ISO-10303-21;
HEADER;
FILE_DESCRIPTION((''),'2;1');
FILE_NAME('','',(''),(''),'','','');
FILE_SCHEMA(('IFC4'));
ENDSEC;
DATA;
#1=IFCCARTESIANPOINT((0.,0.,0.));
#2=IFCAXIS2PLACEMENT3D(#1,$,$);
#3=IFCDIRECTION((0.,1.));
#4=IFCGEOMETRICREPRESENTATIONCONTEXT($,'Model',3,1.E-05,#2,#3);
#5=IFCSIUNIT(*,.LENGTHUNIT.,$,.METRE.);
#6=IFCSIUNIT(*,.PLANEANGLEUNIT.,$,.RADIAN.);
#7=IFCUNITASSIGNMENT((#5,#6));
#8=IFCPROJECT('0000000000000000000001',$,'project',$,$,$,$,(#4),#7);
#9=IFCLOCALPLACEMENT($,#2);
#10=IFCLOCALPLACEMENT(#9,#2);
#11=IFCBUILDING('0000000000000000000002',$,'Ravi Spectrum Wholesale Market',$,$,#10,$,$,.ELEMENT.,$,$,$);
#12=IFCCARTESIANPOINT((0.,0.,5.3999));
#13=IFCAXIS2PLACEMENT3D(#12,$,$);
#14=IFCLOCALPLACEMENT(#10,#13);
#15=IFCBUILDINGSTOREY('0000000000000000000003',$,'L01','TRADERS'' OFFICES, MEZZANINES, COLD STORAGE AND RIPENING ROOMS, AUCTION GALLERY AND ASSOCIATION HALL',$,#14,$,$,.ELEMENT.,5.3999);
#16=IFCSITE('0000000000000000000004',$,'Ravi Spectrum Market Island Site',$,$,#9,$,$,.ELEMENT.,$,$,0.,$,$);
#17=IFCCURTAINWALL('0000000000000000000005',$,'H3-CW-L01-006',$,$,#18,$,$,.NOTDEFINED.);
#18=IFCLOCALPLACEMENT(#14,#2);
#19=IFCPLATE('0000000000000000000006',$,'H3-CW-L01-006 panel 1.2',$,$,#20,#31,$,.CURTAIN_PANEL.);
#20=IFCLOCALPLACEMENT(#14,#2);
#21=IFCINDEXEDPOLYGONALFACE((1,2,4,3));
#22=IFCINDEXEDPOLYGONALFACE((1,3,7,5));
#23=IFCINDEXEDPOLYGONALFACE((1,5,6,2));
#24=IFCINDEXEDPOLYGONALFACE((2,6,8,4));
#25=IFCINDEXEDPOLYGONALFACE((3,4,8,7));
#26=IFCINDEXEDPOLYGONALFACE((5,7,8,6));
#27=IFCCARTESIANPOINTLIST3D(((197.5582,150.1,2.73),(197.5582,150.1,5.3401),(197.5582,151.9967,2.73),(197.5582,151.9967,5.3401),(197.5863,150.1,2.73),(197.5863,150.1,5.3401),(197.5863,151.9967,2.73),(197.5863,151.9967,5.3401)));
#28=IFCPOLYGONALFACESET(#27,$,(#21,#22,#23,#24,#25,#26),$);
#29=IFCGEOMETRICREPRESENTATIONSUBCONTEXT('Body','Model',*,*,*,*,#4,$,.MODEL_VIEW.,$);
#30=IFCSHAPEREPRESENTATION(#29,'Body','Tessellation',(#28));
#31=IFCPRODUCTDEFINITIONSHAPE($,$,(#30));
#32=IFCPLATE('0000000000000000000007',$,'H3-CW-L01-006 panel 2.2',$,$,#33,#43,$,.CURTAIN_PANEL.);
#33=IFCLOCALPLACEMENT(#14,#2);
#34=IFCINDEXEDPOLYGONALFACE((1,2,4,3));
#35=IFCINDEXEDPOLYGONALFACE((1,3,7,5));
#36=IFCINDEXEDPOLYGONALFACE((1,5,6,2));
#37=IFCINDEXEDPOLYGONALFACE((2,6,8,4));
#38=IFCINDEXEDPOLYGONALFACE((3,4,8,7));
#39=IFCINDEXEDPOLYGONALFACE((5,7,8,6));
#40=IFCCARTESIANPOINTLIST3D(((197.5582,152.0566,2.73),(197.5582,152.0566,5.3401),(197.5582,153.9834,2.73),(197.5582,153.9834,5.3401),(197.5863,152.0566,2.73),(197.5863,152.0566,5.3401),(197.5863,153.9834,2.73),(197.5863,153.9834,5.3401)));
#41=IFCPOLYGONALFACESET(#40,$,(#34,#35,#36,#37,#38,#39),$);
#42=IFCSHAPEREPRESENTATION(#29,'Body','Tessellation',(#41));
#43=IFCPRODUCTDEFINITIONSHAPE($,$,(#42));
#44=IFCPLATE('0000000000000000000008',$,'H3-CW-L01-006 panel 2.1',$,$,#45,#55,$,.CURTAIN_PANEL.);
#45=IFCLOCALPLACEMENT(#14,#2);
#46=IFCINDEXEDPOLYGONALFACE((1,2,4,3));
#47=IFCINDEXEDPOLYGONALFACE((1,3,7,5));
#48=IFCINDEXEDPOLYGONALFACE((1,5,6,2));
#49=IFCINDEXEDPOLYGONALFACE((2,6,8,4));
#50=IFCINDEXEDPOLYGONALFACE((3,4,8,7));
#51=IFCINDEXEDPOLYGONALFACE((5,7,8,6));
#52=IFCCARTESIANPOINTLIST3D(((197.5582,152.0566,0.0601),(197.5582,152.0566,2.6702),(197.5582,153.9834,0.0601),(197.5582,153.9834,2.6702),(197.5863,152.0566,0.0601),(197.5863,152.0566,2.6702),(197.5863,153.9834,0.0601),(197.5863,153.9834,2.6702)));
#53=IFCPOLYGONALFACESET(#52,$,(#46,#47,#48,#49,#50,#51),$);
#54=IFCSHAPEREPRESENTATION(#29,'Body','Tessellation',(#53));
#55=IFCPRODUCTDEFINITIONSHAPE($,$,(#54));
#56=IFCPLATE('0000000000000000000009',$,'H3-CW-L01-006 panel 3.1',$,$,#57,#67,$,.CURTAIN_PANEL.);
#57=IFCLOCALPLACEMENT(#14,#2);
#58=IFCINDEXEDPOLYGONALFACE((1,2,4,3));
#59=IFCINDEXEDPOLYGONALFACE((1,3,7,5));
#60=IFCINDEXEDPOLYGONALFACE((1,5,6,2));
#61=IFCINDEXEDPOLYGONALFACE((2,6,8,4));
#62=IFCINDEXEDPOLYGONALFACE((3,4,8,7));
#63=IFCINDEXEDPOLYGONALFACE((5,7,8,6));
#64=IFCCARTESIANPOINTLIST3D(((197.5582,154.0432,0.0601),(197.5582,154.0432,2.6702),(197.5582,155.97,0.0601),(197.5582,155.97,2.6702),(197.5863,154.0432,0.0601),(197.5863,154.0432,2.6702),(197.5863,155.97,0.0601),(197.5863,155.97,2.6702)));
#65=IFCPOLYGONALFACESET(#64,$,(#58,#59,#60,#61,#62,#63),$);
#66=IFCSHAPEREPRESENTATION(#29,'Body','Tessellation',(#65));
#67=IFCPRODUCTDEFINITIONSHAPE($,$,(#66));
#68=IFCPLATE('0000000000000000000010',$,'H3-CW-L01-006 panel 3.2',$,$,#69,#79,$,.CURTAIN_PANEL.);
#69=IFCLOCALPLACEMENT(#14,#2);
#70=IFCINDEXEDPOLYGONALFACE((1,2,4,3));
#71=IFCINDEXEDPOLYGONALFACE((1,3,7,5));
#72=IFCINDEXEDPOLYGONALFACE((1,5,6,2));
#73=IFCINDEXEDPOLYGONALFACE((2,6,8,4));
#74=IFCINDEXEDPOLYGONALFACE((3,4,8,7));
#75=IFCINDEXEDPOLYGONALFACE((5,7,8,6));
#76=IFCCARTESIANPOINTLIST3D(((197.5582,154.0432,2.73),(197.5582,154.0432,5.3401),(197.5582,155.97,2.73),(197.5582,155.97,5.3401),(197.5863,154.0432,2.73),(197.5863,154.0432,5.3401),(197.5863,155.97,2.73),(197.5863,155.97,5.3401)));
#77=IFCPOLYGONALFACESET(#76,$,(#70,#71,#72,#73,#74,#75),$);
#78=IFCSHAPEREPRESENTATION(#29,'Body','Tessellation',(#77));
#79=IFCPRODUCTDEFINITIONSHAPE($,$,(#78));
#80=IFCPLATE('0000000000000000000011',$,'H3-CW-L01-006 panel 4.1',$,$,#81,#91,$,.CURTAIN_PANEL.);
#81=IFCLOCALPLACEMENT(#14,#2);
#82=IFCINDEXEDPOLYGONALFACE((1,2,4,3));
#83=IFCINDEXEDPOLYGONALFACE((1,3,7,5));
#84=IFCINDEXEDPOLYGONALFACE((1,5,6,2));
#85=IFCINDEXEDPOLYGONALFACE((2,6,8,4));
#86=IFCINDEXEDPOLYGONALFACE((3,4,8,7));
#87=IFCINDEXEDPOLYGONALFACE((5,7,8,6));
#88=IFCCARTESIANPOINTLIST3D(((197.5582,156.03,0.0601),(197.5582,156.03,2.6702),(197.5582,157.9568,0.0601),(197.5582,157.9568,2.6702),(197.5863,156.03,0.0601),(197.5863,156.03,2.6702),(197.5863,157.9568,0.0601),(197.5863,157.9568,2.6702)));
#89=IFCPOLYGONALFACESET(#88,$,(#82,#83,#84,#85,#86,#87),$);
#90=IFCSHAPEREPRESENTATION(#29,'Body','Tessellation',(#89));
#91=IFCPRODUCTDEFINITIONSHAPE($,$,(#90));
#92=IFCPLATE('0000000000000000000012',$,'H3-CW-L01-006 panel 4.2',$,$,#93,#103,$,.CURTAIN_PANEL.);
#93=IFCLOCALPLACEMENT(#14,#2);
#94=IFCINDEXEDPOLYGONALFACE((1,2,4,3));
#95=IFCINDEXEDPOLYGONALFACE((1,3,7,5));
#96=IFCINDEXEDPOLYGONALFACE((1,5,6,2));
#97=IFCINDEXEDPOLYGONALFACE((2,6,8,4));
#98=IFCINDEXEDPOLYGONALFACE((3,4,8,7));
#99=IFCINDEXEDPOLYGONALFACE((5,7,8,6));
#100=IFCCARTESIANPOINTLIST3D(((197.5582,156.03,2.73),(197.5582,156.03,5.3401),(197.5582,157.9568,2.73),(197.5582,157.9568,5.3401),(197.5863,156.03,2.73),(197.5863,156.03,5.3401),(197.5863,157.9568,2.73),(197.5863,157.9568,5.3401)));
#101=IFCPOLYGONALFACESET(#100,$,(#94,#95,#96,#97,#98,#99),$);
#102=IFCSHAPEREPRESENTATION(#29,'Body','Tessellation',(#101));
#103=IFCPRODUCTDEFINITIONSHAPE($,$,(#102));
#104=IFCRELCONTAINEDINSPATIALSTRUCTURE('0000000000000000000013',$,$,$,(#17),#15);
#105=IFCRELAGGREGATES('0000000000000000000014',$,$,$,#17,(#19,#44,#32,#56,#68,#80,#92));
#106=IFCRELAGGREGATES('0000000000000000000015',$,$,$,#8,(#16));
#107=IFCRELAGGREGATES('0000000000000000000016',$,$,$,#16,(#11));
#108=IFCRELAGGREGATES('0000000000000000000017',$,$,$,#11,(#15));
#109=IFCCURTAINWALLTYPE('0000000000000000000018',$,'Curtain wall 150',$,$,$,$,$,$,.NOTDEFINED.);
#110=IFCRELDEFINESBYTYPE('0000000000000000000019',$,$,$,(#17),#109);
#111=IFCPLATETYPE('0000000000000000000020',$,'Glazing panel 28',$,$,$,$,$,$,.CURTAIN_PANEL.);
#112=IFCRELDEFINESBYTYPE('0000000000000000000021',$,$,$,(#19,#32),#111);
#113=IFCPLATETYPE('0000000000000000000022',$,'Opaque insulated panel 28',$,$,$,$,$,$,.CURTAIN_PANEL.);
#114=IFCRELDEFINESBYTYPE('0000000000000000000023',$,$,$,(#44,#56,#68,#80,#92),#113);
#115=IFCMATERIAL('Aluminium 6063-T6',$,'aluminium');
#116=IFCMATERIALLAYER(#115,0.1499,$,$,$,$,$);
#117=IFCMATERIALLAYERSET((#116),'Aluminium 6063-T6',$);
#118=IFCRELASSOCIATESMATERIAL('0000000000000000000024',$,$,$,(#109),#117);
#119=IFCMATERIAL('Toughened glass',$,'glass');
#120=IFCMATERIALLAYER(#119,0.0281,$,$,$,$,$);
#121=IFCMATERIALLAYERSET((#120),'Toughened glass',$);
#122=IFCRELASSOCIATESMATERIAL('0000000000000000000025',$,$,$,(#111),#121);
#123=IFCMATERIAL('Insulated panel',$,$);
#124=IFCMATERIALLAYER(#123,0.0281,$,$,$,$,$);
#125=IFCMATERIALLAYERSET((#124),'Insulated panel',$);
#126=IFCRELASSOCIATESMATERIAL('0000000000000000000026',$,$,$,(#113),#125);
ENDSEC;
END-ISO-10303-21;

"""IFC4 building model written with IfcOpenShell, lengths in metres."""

from ifc_helpers import new_model, si_unit, direction, frame, origin, origin_2d, place, context, subcontext, project, spatial, rectangle, extrude, material, layer, layer_set, type_object, element, aggregate, save


model = new_model("IFC4")

# Units and contexts
model_context = context("Model", 3, precision=1e-05, world=origin(), true_north=direction((0.0, 1.0)))
body_context = subcontext(model_context, "Body", "Model", "MODEL_VIEW")
ifc_project = project(units=[si_unit("LENGTHUNIT", "METRE"), si_unit("PLANEANGLEUNIT", "RADIAN")], contexts=[model_context])

# Site, building, storey
site_placement = place(None, origin())
site = spatial("IfcSite", under=ifc_project, at=site_placement, Name="Ravi Spectrum Market Island Site", CompositionType="ELEMENT", RefElevation=0.0)
building_placement = place(site_placement, origin())
building = spatial("IfcBuilding", under=site, at=building_placement, Name="Ravi Spectrum Wholesale Market", CompositionType="ELEMENT")
storey_placement = place(building_placement, frame((0.0, 0.0, 5.3999)))
storey = spatial("IfcBuildingStorey", under=building, at=storey_placement, Name="L01", Description="TRADERS' OFFICES, MEZZANINES, COLD STORAGE AND RIPENING ROOMS, AUCTION GALLERY AND ASSOCIATION HALL", CompositionType="ELEMENT", Elevation=5.3999)

# Curtain wall, plates
ifc_material_1 = material(Name="Aluminium 6063-T6", Category="aluminium")
ifc_layer_1 = layer(ifc_material_1, 0.1499)
ifc_layer_set_1 = layer_set([ifc_layer_1], Name="Aluminium 6063-T6")
curtain_wall_type = type_object("IfcCurtainWallType", Name="Curtain wall 150", PredefinedType="NOTDEFINED", material=ifc_layer_set_1)
curtain_wall_placement = place(storey_placement, origin())
curtain_wall = element("IfcCurtainWall", 1, at=curtain_wall_placement, inside=storey, type_object=curtain_wall_type, Name="H3-CW-L01-006", PredefinedType="NOTDEFINED")
ifc_material_2 = material(Name="Toughened glass", Category="glass")
ifc_layer_2 = layer(ifc_material_2, 0.0281)
ifc_layer_set_2 = layer_set([ifc_layer_2], Name="Toughened glass")
plate_type_1 = type_object("IfcPlateType", Name="Glazing panel 28", PredefinedType="CURTAIN_PANEL", material=ifc_layer_set_2)
plate_1_placement = place(storey_placement, frame((197.5723, 151.0483, 2.73), z_axis=(0.0, 0.0, 1.0), x_axis=(0.0, 1.0, 0.0)))
plate_1 = element("IfcPlate", 2, at=plate_1_placement, type_object=plate_type_1, Name="H3-CW-L01-006 panel 1.2", PredefinedType="CURTAIN_PANEL", context=body_context, shape_type="SweptSolid", body=[
    extrude(rectangle(XDim=1.8967, YDim=0.0281, at=origin_2d()), origin(), (0.0, 0.0, 1.0), 2.6101),
])
plate_2_placement = place(storey_placement, frame((197.5723, 153.02, 2.73), z_axis=(0.0, 0.0, 1.0), x_axis=(0.0, 1.0, 0.0)))
plate_2 = element("IfcPlate", 3, at=plate_2_placement, type_object=plate_type_1, Name="H3-CW-L01-006 panel 2.2", PredefinedType="CURTAIN_PANEL", context=body_context, shape_type="SweptSolid", body=[
    extrude(rectangle(XDim=1.9268, YDim=0.0281, at=origin_2d()), origin(), (0.0, 0.0, 1.0), 2.6101),
])
ifc_material_3 = material(Name="Insulated panel")
ifc_layer_3 = layer(ifc_material_3, 0.0281)
ifc_layer_set_3 = layer_set([ifc_layer_3], Name="Insulated panel")
plate_type_2 = type_object("IfcPlateType", Name="Opaque insulated panel 28", PredefinedType="CURTAIN_PANEL", material=ifc_layer_set_3)
plate_3_placement = place(storey_placement, frame((197.5723, 153.02, 0.0601), z_axis=(0.0, 0.0, 1.0), x_axis=(0.0, 1.0, 0.0)))
plate_3 = element("IfcPlate", 4, at=plate_3_placement, type_object=plate_type_2, Name="H3-CW-L01-006 panel 2.1", PredefinedType="CURTAIN_PANEL", context=body_context, shape_type="SweptSolid", body=[
    extrude(rectangle(XDim=1.9268, YDim=0.0281, at=origin_2d()), origin(), (0.0, 0.0, 1.0), 2.6101),
])
plate_4_placement = place(storey_placement, frame((197.5723, 155.0066, 0.0601), z_axis=(0.0, 0.0, 1.0), x_axis=(0.0, 1.0, 0.0)))
plate_4 = element("IfcPlate", 5, at=plate_4_placement, type_object=plate_type_2, Name="H3-CW-L01-006 panel 3.1", PredefinedType="CURTAIN_PANEL", context=body_context, shape_type="SweptSolid", body=[
    extrude(rectangle(XDim=1.9268, YDim=0.0281, at=origin_2d()), origin(), (0.0, 0.0, 1.0), 2.6101),
])
plate_5_placement = place(storey_placement, frame((197.5723, 155.0066, 2.73), z_axis=(0.0, 0.0, 1.0), x_axis=(0.0, 1.0, 0.0)))
plate_5 = element("IfcPlate", 6, at=plate_5_placement, type_object=plate_type_2, Name="H3-CW-L01-006 panel 3.2", PredefinedType="CURTAIN_PANEL", context=body_context, shape_type="SweptSolid", body=[
    extrude(rectangle(XDim=1.9268, YDim=0.0281, at=origin_2d()), origin(), (0.0, 0.0, 1.0), 2.6101),
])
plate_6_placement = place(storey_placement, frame((197.5723, 156.9934, 0.0601), z_axis=(0.0, 0.0, 1.0), x_axis=(0.0, 1.0, 0.0)))
plate_6 = element("IfcPlate", 7, at=plate_6_placement, type_object=plate_type_2, Name="H3-CW-L01-006 panel 4.1", PredefinedType="CURTAIN_PANEL", context=body_context, shape_type="SweptSolid", body=[
    extrude(rectangle(XDim=1.9268, YDim=0.0281, at=origin_2d()), origin(), (0.0, 0.0, 1.0), 2.6101),
])
plate_7_placement = place(storey_placement, frame((197.5723, 156.9934, 2.73), z_axis=(0.0, 0.0, 1.0), x_axis=(0.0, 1.0, 0.0)))
plate_7 = element("IfcPlate", 8, at=plate_7_placement, type_object=plate_type_2, Name="H3-CW-L01-006 panel 4.2", PredefinedType="CURTAIN_PANEL", context=body_context, shape_type="SweptSolid", body=[
    extrude(rectangle(XDim=1.9268, YDim=0.0281, at=origin_2d()), origin(), (0.0, 0.0, 1.0), 2.6101),
])
aggregate(curtain_wall, [plate_1, plate_3, plate_2, plate_4, plate_5, plate_6, plate_7])

save(model, "model.ifc")
